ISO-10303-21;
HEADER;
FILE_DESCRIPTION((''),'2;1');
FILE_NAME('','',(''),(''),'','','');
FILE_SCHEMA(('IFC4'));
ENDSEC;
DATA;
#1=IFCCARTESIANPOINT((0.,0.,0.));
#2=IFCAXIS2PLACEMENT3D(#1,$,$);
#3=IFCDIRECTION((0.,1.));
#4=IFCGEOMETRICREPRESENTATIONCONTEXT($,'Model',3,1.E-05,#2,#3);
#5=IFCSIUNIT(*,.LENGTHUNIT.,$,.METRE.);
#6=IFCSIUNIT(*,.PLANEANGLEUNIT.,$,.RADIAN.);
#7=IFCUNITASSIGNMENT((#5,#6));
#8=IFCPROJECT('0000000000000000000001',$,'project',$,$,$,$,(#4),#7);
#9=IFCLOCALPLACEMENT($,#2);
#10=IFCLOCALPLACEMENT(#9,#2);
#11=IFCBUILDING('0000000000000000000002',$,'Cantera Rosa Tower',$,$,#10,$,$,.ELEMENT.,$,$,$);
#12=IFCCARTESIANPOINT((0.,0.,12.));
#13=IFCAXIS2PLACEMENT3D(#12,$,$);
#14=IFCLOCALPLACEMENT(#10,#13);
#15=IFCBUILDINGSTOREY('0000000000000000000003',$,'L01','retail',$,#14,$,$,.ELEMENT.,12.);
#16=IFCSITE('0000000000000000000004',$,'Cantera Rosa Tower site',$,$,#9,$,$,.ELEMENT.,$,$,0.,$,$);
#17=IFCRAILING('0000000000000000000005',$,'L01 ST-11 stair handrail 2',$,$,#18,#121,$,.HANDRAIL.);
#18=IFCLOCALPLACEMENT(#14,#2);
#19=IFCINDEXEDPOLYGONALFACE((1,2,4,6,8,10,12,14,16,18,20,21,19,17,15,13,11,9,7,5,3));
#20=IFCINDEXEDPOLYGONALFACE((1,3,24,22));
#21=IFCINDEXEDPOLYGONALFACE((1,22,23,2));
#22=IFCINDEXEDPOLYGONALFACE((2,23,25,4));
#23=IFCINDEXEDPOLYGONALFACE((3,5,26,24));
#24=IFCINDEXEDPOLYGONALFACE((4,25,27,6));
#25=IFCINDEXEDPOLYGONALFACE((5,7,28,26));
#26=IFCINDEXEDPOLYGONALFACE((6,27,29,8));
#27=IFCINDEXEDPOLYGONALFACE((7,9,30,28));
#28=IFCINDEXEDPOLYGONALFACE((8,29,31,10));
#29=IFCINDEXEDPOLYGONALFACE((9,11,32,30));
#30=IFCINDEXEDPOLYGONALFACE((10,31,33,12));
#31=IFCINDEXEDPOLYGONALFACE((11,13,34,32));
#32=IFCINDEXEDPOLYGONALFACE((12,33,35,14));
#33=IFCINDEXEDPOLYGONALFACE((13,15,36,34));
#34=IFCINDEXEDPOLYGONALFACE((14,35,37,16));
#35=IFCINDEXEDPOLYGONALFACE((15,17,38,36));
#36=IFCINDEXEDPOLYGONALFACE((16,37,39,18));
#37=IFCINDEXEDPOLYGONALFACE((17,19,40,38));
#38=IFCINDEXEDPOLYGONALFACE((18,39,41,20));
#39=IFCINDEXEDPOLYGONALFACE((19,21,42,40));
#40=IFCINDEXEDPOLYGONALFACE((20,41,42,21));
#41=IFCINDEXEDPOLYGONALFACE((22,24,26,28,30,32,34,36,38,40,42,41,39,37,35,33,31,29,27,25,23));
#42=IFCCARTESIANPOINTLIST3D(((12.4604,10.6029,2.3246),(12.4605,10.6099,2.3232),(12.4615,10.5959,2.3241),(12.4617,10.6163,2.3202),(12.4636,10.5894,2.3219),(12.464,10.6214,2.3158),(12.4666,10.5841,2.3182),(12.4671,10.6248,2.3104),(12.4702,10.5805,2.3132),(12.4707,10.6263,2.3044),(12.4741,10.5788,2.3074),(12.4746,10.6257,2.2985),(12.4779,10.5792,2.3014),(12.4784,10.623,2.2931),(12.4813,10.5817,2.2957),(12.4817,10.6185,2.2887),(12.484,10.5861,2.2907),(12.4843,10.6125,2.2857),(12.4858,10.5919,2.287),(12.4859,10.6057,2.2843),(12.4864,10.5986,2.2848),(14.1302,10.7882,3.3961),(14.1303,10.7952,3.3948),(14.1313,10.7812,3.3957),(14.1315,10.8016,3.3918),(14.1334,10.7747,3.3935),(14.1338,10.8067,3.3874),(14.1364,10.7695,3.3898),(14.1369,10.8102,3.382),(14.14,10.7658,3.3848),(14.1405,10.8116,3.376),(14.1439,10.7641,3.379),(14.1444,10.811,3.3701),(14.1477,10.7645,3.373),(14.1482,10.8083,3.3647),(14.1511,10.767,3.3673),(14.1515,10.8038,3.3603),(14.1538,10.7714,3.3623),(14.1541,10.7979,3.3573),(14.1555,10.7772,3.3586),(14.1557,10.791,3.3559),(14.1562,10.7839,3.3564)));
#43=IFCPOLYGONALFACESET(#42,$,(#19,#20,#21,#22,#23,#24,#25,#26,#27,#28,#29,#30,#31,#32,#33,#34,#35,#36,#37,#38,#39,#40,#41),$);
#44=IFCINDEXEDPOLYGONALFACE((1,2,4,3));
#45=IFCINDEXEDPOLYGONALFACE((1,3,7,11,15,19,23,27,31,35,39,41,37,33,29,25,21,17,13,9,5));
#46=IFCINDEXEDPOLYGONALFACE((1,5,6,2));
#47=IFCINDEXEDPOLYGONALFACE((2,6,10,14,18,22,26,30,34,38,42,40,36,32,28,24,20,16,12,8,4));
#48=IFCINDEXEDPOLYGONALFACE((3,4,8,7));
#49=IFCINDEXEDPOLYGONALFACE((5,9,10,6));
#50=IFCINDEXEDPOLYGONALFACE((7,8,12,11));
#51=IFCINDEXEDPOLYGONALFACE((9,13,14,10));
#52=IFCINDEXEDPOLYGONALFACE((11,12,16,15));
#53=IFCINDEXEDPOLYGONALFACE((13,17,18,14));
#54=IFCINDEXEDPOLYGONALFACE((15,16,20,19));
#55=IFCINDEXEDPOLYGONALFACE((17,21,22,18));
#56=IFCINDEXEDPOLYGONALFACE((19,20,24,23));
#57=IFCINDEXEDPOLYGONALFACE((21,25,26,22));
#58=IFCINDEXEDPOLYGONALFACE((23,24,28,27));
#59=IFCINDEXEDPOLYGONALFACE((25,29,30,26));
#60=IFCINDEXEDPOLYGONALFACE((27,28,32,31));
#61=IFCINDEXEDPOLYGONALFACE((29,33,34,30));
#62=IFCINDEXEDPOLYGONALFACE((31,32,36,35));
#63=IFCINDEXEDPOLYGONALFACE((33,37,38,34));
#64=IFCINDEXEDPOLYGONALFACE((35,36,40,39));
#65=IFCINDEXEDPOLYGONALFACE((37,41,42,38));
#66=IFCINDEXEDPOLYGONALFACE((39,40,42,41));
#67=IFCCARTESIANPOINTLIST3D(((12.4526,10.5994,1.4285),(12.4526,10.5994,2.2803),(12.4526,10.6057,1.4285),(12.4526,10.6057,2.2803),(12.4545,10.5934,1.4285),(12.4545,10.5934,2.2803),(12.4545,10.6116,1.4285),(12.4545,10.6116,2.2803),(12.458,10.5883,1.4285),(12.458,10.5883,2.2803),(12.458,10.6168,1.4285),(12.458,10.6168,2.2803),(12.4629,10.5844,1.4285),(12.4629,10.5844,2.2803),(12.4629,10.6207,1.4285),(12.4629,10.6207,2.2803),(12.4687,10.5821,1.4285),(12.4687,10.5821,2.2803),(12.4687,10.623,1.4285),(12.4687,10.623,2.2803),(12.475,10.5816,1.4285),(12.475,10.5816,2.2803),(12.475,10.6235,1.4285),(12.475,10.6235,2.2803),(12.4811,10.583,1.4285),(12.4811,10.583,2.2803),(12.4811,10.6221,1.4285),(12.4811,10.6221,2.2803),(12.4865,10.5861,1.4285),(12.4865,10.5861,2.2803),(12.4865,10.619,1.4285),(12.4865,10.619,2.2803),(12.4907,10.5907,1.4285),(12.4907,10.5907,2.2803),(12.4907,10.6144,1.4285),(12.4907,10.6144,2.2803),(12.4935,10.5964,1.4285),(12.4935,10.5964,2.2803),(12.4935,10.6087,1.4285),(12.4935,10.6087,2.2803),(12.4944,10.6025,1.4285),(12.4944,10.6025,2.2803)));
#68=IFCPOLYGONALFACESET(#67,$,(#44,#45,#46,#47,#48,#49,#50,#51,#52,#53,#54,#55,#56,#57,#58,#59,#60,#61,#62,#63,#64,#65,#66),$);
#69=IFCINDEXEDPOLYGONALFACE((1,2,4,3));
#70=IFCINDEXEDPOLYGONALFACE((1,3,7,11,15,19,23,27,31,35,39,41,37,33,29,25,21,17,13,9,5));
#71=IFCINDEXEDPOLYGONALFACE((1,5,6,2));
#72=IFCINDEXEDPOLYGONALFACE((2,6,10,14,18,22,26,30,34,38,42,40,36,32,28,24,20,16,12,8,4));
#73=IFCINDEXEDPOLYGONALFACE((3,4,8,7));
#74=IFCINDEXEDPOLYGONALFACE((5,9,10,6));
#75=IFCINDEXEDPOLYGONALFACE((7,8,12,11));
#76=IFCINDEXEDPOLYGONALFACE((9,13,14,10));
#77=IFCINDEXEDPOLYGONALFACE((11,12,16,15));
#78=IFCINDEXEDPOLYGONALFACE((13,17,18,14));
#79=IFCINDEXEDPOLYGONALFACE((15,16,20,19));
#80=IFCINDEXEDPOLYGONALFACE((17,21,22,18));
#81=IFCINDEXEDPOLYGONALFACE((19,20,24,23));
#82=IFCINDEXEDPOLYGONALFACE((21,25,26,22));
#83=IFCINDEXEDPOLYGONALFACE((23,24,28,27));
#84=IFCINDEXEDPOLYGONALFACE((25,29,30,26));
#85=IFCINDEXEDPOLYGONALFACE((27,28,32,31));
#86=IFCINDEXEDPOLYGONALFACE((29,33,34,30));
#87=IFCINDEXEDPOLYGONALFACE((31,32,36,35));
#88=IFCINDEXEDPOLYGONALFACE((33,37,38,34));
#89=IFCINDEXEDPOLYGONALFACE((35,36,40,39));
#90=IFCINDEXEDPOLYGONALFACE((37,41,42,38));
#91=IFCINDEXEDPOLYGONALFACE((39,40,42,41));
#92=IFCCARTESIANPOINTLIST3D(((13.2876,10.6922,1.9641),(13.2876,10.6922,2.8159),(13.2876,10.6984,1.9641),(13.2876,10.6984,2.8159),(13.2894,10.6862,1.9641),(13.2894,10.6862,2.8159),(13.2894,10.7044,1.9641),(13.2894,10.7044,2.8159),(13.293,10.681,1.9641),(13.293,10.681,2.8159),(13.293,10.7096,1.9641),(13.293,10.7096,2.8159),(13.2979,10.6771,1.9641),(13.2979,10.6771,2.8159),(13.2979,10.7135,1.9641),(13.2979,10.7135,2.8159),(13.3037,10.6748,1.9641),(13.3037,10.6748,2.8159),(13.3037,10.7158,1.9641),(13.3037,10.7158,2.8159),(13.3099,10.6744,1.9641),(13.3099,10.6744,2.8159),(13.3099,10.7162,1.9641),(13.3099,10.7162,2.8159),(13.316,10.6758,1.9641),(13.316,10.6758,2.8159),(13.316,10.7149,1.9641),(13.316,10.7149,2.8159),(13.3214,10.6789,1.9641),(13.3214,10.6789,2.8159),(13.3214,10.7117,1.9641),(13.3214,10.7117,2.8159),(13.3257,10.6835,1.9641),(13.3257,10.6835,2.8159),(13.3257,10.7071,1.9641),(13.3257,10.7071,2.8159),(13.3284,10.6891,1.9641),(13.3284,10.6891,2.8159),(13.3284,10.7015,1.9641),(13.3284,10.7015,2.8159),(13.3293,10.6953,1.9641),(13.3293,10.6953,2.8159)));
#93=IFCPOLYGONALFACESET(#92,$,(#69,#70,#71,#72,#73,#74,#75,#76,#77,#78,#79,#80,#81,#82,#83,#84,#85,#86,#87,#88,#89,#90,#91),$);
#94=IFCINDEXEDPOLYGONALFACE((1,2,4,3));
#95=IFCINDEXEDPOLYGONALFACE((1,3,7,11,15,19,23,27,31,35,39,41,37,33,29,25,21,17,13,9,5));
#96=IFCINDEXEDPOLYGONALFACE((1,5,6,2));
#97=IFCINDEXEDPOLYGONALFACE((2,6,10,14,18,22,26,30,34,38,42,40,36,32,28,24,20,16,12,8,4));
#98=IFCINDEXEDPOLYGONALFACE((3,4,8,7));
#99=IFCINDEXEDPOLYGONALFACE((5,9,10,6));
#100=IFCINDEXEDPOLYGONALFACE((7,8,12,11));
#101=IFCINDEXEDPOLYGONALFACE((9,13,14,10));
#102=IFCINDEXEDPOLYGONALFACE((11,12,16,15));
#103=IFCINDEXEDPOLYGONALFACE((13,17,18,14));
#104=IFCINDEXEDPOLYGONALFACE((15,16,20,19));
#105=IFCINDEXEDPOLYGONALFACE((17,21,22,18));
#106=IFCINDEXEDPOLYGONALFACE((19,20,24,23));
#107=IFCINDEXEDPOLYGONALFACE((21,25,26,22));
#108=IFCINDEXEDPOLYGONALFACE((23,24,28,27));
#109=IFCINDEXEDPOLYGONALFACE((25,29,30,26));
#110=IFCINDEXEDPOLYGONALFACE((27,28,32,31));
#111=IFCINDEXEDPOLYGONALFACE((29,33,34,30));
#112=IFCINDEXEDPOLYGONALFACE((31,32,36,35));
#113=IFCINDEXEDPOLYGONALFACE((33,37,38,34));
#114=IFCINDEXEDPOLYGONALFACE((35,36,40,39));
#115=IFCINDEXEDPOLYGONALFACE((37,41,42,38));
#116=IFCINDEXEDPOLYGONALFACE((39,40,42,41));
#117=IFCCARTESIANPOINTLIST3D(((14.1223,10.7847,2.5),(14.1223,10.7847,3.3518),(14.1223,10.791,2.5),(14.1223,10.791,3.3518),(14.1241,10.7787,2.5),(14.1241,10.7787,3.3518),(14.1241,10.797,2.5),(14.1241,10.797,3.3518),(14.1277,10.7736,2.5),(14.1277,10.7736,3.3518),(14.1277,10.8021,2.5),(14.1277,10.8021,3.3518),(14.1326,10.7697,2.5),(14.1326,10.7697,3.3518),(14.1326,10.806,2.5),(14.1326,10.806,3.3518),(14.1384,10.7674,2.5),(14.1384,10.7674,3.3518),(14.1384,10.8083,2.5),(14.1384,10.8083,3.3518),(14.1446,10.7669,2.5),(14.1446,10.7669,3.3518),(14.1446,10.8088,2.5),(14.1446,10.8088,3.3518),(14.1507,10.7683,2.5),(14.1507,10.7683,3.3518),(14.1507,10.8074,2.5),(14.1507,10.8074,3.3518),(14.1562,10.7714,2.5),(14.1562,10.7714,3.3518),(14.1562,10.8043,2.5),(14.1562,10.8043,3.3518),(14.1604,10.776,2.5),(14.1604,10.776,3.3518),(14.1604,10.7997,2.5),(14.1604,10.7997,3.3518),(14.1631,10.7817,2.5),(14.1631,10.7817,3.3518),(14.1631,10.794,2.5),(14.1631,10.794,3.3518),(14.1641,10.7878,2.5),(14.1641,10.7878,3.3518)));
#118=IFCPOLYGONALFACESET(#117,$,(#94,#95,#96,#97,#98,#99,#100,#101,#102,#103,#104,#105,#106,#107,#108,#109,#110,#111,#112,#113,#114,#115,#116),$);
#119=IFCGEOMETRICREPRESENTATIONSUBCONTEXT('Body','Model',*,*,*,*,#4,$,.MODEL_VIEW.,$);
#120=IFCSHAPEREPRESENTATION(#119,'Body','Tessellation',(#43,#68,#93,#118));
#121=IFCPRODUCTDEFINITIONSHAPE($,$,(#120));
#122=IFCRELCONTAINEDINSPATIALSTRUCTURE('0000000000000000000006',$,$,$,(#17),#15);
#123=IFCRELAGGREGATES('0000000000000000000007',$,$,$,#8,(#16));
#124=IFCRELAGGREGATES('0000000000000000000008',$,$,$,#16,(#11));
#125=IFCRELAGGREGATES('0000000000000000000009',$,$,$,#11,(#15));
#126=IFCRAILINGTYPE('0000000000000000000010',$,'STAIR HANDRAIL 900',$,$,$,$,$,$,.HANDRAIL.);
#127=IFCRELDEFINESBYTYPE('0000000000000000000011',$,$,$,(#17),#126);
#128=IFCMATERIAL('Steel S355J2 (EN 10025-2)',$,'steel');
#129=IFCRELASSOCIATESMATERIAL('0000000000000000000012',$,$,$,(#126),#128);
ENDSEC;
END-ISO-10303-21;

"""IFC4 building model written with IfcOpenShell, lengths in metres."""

from ifc_helpers import new_model, si_unit, direction, frame, origin, origin_2d, place, context, subcontext, project, spatial, circle, extrude, material, type_object, element, save


model = new_model("IFC4")

# Units and contexts
model_context = context("Model", 3, precision=1e-05, world=origin(), true_north=direction((0.0, 1.0)))
body_context = subcontext(model_context, "Body", "Model", "MODEL_VIEW")
ifc_project = project(units=[si_unit("LENGTHUNIT", "METRE"), si_unit("PLANEANGLEUNIT", "RADIAN")], contexts=[model_context])

# Site, building, storey
site_placement = place(None, origin())
site = spatial("IfcSite", under=ifc_project, at=site_placement, Name="Cantera Rosa Tower site", CompositionType="ELEMENT", RefElevation=0.0)
building_placement = place(site_placement, origin())
building = spatial("IfcBuilding", under=site, at=building_placement, Name="Cantera Rosa Tower", CompositionType="ELEMENT")
storey_placement = place(building_placement, frame((0.0, 0.0, 12.0)))
storey = spatial("IfcBuildingStorey", under=building, at=storey_placement, Name="L01", Description="retail", CompositionType="ELEMENT", Elevation=12.0)

# Railing
ifc_material_1 = material(Name="Steel S355J2 (EN 10025-2)", Category="steel")
railing_type_1 = type_object("IfcRailingType", Name="STAIR HANDRAIL 900", PredefinedType="HANDRAIL", material=ifc_material_1)
railing_1_placement = place(storey_placement, frame((12.4734, 10.6025, 1.4285)))
element("IfcRailing", 1, at=railing_1_placement, inside=storey, type_object=railing_type_1, Name="L01 ST-11 stair handrail 2", PredefinedType="HANDRAIL", context=body_context, shape_type="SweptSolid", body=[
    extrude(circle(Radius=0.0239, at=origin_2d()), frame((0.0, 0.0, 0.876), z_axis=(0.837951, 0.092997, 0.537764), x_axis=(-0.110304, 0.993898, 0.0)), (0.0, 0.0, 1.0), 1.9927),
    extrude(circle(Radius=0.021, at=origin_2d()), origin(), (0.0, 0.0, 1.0), 0.8518),
    extrude(circle(Radius=0.021, at=origin_2d()), frame((0.835, 0.0928, 0.5356)), (0.0, 0.0, 1.0), 0.8518),
    extrude(circle(Radius=0.021, at=origin_2d()), frame((1.6697, 0.1853, 1.0715)), (0.0, 0.0, 1.0), 0.8518),
])

save(model, "model.ifc")
